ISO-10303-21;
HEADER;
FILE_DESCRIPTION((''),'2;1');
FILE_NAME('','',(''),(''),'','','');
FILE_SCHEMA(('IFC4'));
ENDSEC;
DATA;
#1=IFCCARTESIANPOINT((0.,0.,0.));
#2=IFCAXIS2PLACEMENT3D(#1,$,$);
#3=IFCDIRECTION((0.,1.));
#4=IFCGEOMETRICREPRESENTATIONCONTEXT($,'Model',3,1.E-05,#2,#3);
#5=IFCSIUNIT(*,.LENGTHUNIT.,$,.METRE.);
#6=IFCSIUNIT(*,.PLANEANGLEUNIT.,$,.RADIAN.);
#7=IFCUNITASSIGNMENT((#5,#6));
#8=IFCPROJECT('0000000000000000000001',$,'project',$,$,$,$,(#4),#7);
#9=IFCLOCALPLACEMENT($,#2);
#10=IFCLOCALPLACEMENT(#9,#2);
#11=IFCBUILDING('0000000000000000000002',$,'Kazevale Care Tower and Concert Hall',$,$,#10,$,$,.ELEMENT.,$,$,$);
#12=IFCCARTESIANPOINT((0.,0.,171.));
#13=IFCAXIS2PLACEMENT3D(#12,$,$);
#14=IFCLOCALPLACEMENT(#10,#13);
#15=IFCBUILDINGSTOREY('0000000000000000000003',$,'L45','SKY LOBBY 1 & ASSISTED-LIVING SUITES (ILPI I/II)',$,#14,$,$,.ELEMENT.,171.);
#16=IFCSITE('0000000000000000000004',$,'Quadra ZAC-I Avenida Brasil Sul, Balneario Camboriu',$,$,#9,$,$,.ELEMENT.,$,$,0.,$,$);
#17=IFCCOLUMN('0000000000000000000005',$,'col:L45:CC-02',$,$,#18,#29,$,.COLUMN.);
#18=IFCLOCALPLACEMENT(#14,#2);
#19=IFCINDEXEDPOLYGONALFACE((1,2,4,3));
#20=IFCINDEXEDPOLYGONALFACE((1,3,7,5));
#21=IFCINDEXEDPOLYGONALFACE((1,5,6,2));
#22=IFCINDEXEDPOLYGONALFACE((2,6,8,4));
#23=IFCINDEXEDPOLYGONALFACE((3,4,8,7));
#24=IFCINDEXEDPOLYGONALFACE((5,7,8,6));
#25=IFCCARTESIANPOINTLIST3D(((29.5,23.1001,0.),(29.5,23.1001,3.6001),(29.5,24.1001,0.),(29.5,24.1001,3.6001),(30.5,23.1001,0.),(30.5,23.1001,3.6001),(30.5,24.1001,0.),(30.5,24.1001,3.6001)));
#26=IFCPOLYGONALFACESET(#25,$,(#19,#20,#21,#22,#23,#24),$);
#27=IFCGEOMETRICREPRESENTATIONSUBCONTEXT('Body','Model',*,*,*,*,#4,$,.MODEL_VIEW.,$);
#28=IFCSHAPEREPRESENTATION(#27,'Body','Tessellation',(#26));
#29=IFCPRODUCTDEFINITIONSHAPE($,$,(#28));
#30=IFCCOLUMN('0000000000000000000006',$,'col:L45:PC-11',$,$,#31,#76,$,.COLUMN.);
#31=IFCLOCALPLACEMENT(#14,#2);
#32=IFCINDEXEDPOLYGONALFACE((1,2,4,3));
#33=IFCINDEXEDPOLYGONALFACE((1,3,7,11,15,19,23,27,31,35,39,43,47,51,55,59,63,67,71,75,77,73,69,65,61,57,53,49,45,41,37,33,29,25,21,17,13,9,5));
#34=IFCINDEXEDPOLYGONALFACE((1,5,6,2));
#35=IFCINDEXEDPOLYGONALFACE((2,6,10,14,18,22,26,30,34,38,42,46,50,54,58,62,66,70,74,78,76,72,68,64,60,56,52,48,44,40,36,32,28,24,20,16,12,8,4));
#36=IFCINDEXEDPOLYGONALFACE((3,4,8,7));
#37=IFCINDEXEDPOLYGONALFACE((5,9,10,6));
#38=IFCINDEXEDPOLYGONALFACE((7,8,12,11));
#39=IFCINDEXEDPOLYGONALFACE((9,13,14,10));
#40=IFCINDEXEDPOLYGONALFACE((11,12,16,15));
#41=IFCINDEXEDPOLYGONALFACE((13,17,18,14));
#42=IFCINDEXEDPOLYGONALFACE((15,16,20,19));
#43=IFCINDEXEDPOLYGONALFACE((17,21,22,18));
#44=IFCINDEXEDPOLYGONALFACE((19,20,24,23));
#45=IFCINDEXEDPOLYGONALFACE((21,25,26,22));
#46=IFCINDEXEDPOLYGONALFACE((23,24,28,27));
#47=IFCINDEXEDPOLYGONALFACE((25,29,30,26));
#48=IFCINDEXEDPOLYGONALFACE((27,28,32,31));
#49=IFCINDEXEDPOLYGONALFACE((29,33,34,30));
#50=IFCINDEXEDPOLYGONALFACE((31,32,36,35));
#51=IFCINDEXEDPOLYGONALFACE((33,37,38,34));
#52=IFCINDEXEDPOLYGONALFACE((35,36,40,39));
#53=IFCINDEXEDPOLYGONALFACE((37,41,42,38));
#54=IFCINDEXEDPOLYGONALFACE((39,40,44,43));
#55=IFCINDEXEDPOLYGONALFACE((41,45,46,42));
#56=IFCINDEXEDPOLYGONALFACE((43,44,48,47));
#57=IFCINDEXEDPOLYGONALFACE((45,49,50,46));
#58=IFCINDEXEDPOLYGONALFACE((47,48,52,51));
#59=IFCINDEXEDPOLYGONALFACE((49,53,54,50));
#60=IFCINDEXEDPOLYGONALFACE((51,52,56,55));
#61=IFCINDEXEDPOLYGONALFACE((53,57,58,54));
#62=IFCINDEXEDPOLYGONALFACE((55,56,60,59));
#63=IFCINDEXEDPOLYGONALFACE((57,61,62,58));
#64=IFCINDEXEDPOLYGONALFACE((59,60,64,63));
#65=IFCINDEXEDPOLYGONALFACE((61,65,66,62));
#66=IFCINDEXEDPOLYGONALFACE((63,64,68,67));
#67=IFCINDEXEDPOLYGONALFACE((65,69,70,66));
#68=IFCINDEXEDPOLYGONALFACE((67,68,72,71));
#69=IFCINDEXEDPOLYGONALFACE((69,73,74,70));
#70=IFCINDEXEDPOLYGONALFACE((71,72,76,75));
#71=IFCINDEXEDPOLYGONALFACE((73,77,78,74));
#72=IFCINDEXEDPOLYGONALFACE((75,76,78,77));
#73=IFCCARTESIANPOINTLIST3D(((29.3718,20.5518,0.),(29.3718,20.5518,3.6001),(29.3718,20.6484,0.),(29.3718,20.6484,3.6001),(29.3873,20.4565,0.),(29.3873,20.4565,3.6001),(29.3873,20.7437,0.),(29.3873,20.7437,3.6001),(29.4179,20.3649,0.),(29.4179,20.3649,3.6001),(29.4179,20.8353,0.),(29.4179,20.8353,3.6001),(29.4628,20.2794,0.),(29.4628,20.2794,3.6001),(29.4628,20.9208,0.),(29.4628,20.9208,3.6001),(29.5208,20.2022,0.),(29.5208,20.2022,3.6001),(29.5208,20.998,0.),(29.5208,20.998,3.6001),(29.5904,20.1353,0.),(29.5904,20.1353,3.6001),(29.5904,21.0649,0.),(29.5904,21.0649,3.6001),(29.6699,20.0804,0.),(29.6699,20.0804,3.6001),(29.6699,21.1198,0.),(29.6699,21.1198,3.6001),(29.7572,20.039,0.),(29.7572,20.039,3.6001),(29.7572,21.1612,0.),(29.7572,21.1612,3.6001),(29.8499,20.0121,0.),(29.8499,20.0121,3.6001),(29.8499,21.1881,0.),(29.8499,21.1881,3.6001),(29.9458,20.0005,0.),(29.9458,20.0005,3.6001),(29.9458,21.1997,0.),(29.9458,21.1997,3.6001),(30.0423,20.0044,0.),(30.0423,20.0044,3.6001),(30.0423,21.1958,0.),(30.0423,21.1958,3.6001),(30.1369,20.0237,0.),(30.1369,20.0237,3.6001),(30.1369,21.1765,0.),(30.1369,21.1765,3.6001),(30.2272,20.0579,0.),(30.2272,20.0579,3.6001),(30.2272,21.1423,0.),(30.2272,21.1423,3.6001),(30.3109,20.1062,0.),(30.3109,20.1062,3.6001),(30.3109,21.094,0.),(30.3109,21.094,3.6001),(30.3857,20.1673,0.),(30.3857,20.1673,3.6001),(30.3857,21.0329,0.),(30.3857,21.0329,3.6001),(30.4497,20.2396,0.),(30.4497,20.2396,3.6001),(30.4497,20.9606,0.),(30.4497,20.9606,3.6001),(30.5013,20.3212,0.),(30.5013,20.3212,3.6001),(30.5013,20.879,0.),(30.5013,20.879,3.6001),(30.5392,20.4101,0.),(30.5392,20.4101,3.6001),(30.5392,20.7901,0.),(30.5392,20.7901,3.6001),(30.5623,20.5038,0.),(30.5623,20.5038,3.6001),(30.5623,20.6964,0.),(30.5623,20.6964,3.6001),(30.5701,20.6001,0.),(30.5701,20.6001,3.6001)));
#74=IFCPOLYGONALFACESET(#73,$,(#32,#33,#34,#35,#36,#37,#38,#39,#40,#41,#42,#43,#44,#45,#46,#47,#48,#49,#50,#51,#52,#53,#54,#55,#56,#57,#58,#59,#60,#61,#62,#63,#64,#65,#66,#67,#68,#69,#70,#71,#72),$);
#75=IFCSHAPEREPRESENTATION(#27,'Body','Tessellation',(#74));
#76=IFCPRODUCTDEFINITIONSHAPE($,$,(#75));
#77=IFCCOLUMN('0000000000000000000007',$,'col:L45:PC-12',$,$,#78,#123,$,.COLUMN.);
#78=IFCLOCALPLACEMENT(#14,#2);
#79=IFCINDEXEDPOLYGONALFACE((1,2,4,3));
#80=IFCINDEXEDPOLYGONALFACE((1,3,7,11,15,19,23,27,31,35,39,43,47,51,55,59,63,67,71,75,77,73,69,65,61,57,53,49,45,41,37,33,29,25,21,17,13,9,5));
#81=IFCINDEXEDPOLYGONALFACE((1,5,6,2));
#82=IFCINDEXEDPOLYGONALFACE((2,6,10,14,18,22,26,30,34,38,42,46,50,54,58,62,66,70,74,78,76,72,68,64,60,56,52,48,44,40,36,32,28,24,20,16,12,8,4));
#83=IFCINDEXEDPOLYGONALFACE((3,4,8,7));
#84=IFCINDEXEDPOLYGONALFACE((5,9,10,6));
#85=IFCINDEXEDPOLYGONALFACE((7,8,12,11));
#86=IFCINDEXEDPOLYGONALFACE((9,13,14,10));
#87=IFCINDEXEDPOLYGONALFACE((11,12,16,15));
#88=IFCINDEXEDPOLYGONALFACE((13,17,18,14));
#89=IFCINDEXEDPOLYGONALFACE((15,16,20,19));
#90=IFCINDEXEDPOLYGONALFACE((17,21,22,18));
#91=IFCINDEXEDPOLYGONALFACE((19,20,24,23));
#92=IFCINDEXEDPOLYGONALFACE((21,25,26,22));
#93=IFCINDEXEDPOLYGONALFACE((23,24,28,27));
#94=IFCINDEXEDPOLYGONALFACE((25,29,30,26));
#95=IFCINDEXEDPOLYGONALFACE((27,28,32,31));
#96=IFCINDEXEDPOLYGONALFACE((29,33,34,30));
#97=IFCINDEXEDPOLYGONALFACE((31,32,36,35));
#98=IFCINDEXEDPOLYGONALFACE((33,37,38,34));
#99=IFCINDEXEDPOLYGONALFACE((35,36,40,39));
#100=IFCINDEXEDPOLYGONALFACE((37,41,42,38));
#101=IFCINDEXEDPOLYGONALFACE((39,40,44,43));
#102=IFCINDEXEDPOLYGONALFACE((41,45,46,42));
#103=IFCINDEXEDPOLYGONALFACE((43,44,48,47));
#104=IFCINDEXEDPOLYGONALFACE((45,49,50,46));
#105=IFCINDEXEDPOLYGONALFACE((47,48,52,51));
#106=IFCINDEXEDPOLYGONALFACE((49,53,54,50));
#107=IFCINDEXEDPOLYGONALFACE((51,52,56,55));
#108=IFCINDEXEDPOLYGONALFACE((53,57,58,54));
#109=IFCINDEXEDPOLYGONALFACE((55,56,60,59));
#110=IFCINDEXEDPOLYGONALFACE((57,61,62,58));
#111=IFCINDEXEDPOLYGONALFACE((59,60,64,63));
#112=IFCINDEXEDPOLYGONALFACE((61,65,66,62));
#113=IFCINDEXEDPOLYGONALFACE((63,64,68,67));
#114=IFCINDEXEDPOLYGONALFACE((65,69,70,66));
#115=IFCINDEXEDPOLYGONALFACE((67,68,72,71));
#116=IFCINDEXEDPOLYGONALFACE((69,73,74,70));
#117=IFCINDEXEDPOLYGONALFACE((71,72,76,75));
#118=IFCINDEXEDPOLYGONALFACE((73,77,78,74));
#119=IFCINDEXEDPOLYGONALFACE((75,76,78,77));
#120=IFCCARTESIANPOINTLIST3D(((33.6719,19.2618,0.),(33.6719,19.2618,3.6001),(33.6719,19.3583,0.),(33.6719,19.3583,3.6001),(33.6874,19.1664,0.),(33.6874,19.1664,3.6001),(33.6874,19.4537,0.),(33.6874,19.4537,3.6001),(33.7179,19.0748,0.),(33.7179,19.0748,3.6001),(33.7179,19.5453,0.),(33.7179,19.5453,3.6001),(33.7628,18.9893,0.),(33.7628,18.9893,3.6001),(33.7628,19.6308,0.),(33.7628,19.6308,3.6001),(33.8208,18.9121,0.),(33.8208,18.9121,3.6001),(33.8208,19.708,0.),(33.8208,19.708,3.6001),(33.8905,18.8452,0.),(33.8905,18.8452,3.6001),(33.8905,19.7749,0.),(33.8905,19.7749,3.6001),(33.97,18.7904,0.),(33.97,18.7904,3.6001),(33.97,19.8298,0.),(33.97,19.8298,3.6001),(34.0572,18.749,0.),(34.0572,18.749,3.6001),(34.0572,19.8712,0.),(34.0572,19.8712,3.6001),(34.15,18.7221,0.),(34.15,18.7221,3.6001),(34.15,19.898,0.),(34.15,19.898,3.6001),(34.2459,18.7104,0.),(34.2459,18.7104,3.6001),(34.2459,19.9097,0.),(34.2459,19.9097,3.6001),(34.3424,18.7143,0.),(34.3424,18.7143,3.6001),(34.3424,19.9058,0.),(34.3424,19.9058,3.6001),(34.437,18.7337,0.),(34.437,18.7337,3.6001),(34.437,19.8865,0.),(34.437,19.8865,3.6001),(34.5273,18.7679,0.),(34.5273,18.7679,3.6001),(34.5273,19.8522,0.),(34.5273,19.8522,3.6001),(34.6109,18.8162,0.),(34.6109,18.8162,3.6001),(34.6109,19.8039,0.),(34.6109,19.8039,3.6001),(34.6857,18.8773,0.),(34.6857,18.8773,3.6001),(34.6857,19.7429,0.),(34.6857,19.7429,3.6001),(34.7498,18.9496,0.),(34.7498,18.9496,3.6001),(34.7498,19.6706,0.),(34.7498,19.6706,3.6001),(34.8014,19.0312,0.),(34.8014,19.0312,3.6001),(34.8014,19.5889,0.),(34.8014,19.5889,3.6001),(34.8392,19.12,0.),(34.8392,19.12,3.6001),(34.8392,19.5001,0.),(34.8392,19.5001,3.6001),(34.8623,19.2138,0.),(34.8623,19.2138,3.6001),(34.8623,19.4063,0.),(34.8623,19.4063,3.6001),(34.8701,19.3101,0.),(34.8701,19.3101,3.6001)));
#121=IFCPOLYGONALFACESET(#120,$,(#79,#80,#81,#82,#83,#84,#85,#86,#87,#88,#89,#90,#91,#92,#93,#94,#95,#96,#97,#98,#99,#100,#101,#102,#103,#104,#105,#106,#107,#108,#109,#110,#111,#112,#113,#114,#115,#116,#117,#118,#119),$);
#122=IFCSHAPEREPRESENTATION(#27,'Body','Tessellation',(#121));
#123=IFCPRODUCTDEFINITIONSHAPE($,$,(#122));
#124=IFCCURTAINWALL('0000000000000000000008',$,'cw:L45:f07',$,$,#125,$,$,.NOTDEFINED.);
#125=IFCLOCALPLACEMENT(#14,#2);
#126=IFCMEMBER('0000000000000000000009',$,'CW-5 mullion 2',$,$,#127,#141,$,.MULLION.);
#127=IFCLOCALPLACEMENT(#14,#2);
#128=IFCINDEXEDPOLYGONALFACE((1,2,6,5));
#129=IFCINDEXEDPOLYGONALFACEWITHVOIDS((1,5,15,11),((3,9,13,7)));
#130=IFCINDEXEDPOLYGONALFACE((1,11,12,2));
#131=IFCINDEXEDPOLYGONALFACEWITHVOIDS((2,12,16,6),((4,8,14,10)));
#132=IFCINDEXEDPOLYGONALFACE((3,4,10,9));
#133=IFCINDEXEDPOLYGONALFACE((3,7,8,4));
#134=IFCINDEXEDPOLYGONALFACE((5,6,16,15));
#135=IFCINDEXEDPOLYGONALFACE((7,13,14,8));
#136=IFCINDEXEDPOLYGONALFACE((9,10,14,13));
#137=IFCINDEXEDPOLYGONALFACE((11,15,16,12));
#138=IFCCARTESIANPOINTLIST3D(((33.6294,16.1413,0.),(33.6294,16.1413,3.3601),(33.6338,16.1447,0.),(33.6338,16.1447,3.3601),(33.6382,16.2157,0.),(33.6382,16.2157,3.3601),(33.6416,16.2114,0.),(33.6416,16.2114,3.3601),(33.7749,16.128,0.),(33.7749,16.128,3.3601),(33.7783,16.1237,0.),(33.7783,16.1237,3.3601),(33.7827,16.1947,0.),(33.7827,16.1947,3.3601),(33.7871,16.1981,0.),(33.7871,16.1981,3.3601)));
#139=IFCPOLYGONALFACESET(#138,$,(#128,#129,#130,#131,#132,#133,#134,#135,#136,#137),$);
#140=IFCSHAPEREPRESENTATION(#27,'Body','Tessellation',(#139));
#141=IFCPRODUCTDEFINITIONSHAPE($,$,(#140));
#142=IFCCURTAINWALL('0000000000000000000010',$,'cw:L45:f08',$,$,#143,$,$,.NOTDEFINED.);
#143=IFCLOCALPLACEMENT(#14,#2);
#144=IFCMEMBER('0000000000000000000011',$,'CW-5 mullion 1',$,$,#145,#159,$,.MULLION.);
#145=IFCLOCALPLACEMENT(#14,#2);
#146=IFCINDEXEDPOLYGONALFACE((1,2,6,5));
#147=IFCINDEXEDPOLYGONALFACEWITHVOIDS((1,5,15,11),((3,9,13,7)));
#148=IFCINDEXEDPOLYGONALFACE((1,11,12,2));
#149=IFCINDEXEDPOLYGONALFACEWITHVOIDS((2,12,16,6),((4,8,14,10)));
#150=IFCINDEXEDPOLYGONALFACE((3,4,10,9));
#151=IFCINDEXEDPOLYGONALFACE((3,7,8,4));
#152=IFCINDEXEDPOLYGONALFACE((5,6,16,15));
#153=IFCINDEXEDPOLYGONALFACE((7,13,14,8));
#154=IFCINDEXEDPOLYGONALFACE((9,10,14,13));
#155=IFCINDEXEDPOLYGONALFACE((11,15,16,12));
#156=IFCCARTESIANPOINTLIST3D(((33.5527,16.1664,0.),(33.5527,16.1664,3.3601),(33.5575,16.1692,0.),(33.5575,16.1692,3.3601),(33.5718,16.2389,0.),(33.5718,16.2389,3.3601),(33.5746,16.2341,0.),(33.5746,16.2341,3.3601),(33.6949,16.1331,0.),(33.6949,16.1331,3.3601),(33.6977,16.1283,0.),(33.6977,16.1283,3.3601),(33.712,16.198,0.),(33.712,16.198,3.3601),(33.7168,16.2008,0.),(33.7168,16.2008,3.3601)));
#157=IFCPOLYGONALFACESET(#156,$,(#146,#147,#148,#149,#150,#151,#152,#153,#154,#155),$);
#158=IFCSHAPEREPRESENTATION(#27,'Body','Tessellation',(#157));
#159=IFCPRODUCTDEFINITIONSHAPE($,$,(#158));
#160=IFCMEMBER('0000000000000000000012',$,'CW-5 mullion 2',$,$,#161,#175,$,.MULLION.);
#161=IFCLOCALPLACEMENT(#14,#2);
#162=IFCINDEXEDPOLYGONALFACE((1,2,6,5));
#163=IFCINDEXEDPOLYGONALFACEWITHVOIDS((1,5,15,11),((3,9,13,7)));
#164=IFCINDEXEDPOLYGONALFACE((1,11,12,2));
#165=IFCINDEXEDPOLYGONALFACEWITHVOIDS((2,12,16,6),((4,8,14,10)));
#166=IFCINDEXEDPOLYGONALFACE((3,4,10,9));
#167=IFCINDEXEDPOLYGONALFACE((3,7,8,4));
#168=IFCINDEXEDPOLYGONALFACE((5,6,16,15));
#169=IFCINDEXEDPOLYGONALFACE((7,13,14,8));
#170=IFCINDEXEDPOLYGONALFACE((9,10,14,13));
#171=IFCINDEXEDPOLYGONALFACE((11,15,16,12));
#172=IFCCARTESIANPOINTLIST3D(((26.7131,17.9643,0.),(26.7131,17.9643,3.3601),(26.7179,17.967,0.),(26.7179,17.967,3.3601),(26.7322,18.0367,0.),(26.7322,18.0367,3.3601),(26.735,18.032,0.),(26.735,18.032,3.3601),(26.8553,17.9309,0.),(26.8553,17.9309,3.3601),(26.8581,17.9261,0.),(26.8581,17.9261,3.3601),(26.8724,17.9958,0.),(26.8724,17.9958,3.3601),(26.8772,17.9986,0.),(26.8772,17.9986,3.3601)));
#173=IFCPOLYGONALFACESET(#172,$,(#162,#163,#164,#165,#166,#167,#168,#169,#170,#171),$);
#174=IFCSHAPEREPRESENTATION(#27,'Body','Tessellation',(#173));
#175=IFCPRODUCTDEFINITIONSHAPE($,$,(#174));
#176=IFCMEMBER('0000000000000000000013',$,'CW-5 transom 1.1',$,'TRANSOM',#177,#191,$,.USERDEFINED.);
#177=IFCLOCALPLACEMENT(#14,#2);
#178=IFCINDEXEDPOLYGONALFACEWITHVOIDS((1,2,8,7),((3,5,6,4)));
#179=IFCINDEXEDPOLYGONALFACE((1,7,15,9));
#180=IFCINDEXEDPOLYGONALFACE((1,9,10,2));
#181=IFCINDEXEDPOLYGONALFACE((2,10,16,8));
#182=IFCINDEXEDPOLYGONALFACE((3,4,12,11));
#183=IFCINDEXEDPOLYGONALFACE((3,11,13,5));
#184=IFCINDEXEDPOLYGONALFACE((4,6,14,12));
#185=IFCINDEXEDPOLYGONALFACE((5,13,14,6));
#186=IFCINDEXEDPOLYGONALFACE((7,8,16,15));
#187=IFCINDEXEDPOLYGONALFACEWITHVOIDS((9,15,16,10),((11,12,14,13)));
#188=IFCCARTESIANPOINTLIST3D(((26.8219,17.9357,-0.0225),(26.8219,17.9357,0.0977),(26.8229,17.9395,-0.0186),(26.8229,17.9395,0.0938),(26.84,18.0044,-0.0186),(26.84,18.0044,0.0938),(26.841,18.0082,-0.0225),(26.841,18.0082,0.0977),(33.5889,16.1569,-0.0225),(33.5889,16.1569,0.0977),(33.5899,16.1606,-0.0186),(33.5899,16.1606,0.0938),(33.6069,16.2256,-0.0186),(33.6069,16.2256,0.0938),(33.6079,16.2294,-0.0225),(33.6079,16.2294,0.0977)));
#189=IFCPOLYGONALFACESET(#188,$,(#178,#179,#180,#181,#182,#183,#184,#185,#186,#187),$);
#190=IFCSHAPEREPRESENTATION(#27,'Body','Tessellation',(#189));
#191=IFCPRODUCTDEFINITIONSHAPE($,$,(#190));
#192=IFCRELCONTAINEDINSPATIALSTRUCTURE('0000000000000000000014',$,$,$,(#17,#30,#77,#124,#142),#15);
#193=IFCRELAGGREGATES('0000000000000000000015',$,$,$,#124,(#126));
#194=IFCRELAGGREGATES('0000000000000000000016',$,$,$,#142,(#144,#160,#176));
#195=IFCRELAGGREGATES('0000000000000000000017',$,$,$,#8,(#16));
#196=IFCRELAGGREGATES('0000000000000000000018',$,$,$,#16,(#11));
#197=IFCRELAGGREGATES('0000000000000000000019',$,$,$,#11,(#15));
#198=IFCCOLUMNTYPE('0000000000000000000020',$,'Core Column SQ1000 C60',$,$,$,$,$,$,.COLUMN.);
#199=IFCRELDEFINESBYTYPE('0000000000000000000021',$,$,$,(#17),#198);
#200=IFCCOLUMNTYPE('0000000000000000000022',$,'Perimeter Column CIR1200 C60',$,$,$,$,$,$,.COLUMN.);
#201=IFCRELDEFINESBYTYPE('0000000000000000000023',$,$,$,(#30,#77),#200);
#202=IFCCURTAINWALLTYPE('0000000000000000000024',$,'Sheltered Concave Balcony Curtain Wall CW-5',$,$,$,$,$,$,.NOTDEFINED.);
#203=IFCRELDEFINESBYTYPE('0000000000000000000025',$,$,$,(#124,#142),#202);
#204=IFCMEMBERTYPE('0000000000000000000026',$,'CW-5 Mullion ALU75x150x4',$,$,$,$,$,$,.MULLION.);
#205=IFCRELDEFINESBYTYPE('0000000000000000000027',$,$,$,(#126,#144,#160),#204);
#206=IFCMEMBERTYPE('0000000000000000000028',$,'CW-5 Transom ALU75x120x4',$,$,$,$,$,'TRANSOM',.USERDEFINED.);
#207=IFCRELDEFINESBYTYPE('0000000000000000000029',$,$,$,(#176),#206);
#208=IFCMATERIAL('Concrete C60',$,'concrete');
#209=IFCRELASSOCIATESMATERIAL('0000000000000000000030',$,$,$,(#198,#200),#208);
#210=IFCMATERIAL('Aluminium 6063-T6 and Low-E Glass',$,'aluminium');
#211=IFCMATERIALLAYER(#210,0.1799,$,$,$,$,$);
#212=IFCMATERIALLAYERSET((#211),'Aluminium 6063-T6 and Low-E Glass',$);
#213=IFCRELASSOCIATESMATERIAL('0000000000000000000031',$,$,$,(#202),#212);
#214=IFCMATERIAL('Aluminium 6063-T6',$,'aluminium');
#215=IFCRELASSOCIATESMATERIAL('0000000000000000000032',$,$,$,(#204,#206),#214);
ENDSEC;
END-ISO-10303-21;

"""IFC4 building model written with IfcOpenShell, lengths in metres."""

from ifc_helpers import new_model, si_unit, direction, frame, origin, origin_2d, place, context, subcontext, project, spatial, rectangle, hollow_rectangle, circle, extrude, material, layer, layer_set, material_profile, profile_set, type_object, element, aggregate, save


model = new_model("IFC4")

# Units and contexts
model_context = context("Model", 3, precision=1e-05, world=origin(), true_north=direction((0.0, 1.0)))
body_context = subcontext(model_context, "Body", "Model", "MODEL_VIEW")
ifc_project = project(units=[si_unit("LENGTHUNIT", "METRE"), si_unit("PLANEANGLEUNIT", "RADIAN")], contexts=[model_context])

# Site, building, storey
site_placement = place(None, origin())
site = spatial("IfcSite", under=ifc_project, at=site_placement, Name="Quadra ZAC-I Avenida Brasil Sul, Balneario Camboriu", CompositionType="ELEMENT", RefElevation=0.0)
building_placement = place(site_placement, origin())
building = spatial("IfcBuilding", under=site, at=building_placement, Name="Kazevale Care Tower and Concert Hall", CompositionType="ELEMENT")
storey_placement = place(building_placement, frame((0.0, 0.0, 171.0)))
storey = spatial("IfcBuildingStorey", under=building, at=storey_placement, Name="L45", Description="SKY LOBBY 1 & ASSISTED-LIVING SUITES (ILPI I/II)", CompositionType="ELEMENT", Elevation=171.0)

# Columns
ifc_material_1 = material(Name="Concrete C60", Category="concrete")
ifc_material_profile_1 = material_profile(ifc_material_1, rectangle(XDim=1.0, YDim=1.0, at=origin_2d()), Name="RC-SQ1000")
ifc_profile_set_1 = profile_set([ifc_material_profile_1], Name="Concrete C60")
column_type_1 = type_object("IfcColumnType", Name="Core Column SQ1000 C60", PredefinedType="COLUMN", material=ifc_profile_set_1)
column_placement = place(storey_placement, frame((30.0, 23.6001, 0.0), z_axis=(0.0, 0.0, 1.0), x_axis=(1.0, 0.0, 0.0)))
element("IfcColumn", 1, at=column_placement, inside=storey, type_object=column_type_1, Name="col:L45:CC-02", PredefinedType="COLUMN", context=body_context, shape_type="SweptSolid", body=[
    extrude(rectangle(XDim=1.0, YDim=1.0, at=origin_2d()), origin(), (0.0, 0.0, 1.0), 3.6001),
])
ifc_material_profile_2 = material_profile(ifc_material_1, circle(Radius=0.6001, at=origin_2d()), Name="RC-CIR1200")
ifc_profile_set_2 = profile_set([ifc_material_profile_2], Name="Concrete C60")
column_type_2 = type_object("IfcColumnType", Name="Perimeter Column CIR1200 C60", PredefinedType="COLUMN", material=ifc_profile_set_2)
for number, where, z_axis, x_axis, name in (
    (2, (29.97, 20.6001, 0.0), (0.0, 0.0, 1.0), (1.0, 0.0, 0.0), "col:L45:PC-11"),
    (3, (34.27, 19.3101, 0.0), (0.0, 0.0, 1.0), (1.0, 0.0, 0.0), "col:L45:PC-12"),
):
    element("IfcColumn", number, at=place(storey_placement, frame(where, z_axis=z_axis, x_axis=x_axis)), inside=storey, type_object=column_type_2, Name=name, PredefinedType="COLUMN", context=body_context, shape_type="SweptSolid", body=[
        extrude(circle(Radius=0.6001, at=origin_2d()), origin(), (0.0, 0.0, 1.0), 3.6001),
    ])

# Curtain wall, member
ifc_material_2 = material(Name="Aluminium 6063-T6 and Low-E Glass", Category="aluminium")
ifc_layer_1 = layer(ifc_material_2, 0.1799)
ifc_layer_set_1 = layer_set([ifc_layer_1], Name="Aluminium 6063-T6 and Low-E Glass")
curtain_wall_type = type_object("IfcCurtainWallType", Name="Sheltered Concave Balcony Curtain Wall CW-5", PredefinedType="NOTDEFINED", material=ifc_layer_set_1)
curtain_wall_1_placement = place(storey_placement, origin())
curtain_wall_1 = element("IfcCurtainWall", 4, at=curtain_wall_1_placement, inside=storey, type_object=curtain_wall_type, Name="cw:L45:f07", PredefinedType="NOTDEFINED")
ifc_material_3 = material(Name="Aluminium 6063-T6", Category="aluminium")
ifc_material_profile_3 = material_profile(ifc_material_3, hollow_rectangle(XDim=0.075, YDim=0.1499, WallThickness=0.0039, at=origin_2d()), Name="ALU75x150x4")
ifc_profile_set_3 = profile_set([ifc_material_profile_3], Name="Aluminium 6063-T6")
member_type_1 = type_object("IfcMemberType", Name="CW-5 Mullion ALU75x150x4", PredefinedType="MULLION", material=ifc_profile_set_3)
member_1_placement = place(storey_placement, frame((33.7083, 16.1697, 0.0), z_axis=(0.0, 0.0, 1.0), x_axis=(-0.117372, -0.993088, 0.0)))
member_1 = element("IfcMember", 5, at=member_1_placement, type_object=member_type_1, Name="CW-5 mullion 2", PredefinedType="MULLION", context=body_context, shape_type="SweptSolid", body=[
    extrude(hollow_rectangle(XDim=0.075, YDim=0.1499, WallThickness=0.0039, at=origin_2d()), origin(), (0.0, 0.0, 1.0), 3.3601),
])
aggregate(curtain_wall_1, [member_1])

# Curtain wall, members
curtain_wall_2_placement = place(storey_placement, origin())
curtain_wall_2 = element("IfcCurtainWall", 6, at=curtain_wall_2_placement, inside=storey, type_object=curtain_wall_type, Name="cw:L45:f08", PredefinedType="NOTDEFINED")
member_2_placement = place(storey_placement, frame((33.6348, 16.1836, 0.0), z_axis=(0.0, 0.0, 1.0), x_axis=(-0.254238, -0.967142, 0.0)))
member_2 = element("IfcMember", 7, at=member_2_placement, type_object=member_type_1, Name="CW-5 mullion 1", PredefinedType="MULLION", context=body_context, shape_type="SweptSolid", body=[
    extrude(hollow_rectangle(XDim=0.075, YDim=0.1499, WallThickness=0.0039, at=origin_2d()), origin(), (0.0, 0.0, 1.0), 3.3601),
])
member_3_placement = place(storey_placement, frame((26.7952, 17.9814, 0.0), z_axis=(0.0, 0.0, 1.0), x_axis=(-0.254238, -0.967142, 0.0)))
member_3 = element("IfcMember", 8, at=member_3_placement, type_object=member_type_1, Name="CW-5 mullion 2", PredefinedType="MULLION", context=body_context, shape_type="SweptSolid", body=[
    extrude(hollow_rectangle(XDim=0.075, YDim=0.1499, WallThickness=0.0039, at=origin_2d()), origin(), (0.0, 0.0, 1.0), 3.3601),
])
ifc_material_profile_4 = material_profile(ifc_material_3, hollow_rectangle(XDim=0.075, YDim=0.1201, WallThickness=0.0039, at=origin_2d()), Name="ALU75x120x4")
ifc_profile_set_4 = profile_set([ifc_material_profile_4], Name="Aluminium 6063-T6")
member_type_2 = type_object("IfcMemberType", Name="CW-5 Transom ALU75x120x4", ElementType="TRANSOM", PredefinedType="USERDEFINED", material=ifc_profile_set_4)
member_4_placement = place(storey_placement, frame((33.5984, 16.1931, 0.0376), z_axis=(-0.967143, 0.254234, 0.0), x_axis=(-0.254234, -0.967143, 0.0)))
member_4 = element("IfcMember", 9, at=member_4_placement, type_object=member_type_2, Name="CW-5 transom 1.1", ObjectType="TRANSOM", PredefinedType="USERDEFINED", context=body_context, shape_type="SweptSolid", body=[
    extrude(hollow_rectangle(XDim=0.075, YDim=0.1201, WallThickness=0.0039, at=origin_2d()), origin(), (0.0, 0.0, 1.0), 6.9968),
])

aggregate(curtain_wall_2, [member_2, member_3, member_4])

save(model, "model.ifc")
